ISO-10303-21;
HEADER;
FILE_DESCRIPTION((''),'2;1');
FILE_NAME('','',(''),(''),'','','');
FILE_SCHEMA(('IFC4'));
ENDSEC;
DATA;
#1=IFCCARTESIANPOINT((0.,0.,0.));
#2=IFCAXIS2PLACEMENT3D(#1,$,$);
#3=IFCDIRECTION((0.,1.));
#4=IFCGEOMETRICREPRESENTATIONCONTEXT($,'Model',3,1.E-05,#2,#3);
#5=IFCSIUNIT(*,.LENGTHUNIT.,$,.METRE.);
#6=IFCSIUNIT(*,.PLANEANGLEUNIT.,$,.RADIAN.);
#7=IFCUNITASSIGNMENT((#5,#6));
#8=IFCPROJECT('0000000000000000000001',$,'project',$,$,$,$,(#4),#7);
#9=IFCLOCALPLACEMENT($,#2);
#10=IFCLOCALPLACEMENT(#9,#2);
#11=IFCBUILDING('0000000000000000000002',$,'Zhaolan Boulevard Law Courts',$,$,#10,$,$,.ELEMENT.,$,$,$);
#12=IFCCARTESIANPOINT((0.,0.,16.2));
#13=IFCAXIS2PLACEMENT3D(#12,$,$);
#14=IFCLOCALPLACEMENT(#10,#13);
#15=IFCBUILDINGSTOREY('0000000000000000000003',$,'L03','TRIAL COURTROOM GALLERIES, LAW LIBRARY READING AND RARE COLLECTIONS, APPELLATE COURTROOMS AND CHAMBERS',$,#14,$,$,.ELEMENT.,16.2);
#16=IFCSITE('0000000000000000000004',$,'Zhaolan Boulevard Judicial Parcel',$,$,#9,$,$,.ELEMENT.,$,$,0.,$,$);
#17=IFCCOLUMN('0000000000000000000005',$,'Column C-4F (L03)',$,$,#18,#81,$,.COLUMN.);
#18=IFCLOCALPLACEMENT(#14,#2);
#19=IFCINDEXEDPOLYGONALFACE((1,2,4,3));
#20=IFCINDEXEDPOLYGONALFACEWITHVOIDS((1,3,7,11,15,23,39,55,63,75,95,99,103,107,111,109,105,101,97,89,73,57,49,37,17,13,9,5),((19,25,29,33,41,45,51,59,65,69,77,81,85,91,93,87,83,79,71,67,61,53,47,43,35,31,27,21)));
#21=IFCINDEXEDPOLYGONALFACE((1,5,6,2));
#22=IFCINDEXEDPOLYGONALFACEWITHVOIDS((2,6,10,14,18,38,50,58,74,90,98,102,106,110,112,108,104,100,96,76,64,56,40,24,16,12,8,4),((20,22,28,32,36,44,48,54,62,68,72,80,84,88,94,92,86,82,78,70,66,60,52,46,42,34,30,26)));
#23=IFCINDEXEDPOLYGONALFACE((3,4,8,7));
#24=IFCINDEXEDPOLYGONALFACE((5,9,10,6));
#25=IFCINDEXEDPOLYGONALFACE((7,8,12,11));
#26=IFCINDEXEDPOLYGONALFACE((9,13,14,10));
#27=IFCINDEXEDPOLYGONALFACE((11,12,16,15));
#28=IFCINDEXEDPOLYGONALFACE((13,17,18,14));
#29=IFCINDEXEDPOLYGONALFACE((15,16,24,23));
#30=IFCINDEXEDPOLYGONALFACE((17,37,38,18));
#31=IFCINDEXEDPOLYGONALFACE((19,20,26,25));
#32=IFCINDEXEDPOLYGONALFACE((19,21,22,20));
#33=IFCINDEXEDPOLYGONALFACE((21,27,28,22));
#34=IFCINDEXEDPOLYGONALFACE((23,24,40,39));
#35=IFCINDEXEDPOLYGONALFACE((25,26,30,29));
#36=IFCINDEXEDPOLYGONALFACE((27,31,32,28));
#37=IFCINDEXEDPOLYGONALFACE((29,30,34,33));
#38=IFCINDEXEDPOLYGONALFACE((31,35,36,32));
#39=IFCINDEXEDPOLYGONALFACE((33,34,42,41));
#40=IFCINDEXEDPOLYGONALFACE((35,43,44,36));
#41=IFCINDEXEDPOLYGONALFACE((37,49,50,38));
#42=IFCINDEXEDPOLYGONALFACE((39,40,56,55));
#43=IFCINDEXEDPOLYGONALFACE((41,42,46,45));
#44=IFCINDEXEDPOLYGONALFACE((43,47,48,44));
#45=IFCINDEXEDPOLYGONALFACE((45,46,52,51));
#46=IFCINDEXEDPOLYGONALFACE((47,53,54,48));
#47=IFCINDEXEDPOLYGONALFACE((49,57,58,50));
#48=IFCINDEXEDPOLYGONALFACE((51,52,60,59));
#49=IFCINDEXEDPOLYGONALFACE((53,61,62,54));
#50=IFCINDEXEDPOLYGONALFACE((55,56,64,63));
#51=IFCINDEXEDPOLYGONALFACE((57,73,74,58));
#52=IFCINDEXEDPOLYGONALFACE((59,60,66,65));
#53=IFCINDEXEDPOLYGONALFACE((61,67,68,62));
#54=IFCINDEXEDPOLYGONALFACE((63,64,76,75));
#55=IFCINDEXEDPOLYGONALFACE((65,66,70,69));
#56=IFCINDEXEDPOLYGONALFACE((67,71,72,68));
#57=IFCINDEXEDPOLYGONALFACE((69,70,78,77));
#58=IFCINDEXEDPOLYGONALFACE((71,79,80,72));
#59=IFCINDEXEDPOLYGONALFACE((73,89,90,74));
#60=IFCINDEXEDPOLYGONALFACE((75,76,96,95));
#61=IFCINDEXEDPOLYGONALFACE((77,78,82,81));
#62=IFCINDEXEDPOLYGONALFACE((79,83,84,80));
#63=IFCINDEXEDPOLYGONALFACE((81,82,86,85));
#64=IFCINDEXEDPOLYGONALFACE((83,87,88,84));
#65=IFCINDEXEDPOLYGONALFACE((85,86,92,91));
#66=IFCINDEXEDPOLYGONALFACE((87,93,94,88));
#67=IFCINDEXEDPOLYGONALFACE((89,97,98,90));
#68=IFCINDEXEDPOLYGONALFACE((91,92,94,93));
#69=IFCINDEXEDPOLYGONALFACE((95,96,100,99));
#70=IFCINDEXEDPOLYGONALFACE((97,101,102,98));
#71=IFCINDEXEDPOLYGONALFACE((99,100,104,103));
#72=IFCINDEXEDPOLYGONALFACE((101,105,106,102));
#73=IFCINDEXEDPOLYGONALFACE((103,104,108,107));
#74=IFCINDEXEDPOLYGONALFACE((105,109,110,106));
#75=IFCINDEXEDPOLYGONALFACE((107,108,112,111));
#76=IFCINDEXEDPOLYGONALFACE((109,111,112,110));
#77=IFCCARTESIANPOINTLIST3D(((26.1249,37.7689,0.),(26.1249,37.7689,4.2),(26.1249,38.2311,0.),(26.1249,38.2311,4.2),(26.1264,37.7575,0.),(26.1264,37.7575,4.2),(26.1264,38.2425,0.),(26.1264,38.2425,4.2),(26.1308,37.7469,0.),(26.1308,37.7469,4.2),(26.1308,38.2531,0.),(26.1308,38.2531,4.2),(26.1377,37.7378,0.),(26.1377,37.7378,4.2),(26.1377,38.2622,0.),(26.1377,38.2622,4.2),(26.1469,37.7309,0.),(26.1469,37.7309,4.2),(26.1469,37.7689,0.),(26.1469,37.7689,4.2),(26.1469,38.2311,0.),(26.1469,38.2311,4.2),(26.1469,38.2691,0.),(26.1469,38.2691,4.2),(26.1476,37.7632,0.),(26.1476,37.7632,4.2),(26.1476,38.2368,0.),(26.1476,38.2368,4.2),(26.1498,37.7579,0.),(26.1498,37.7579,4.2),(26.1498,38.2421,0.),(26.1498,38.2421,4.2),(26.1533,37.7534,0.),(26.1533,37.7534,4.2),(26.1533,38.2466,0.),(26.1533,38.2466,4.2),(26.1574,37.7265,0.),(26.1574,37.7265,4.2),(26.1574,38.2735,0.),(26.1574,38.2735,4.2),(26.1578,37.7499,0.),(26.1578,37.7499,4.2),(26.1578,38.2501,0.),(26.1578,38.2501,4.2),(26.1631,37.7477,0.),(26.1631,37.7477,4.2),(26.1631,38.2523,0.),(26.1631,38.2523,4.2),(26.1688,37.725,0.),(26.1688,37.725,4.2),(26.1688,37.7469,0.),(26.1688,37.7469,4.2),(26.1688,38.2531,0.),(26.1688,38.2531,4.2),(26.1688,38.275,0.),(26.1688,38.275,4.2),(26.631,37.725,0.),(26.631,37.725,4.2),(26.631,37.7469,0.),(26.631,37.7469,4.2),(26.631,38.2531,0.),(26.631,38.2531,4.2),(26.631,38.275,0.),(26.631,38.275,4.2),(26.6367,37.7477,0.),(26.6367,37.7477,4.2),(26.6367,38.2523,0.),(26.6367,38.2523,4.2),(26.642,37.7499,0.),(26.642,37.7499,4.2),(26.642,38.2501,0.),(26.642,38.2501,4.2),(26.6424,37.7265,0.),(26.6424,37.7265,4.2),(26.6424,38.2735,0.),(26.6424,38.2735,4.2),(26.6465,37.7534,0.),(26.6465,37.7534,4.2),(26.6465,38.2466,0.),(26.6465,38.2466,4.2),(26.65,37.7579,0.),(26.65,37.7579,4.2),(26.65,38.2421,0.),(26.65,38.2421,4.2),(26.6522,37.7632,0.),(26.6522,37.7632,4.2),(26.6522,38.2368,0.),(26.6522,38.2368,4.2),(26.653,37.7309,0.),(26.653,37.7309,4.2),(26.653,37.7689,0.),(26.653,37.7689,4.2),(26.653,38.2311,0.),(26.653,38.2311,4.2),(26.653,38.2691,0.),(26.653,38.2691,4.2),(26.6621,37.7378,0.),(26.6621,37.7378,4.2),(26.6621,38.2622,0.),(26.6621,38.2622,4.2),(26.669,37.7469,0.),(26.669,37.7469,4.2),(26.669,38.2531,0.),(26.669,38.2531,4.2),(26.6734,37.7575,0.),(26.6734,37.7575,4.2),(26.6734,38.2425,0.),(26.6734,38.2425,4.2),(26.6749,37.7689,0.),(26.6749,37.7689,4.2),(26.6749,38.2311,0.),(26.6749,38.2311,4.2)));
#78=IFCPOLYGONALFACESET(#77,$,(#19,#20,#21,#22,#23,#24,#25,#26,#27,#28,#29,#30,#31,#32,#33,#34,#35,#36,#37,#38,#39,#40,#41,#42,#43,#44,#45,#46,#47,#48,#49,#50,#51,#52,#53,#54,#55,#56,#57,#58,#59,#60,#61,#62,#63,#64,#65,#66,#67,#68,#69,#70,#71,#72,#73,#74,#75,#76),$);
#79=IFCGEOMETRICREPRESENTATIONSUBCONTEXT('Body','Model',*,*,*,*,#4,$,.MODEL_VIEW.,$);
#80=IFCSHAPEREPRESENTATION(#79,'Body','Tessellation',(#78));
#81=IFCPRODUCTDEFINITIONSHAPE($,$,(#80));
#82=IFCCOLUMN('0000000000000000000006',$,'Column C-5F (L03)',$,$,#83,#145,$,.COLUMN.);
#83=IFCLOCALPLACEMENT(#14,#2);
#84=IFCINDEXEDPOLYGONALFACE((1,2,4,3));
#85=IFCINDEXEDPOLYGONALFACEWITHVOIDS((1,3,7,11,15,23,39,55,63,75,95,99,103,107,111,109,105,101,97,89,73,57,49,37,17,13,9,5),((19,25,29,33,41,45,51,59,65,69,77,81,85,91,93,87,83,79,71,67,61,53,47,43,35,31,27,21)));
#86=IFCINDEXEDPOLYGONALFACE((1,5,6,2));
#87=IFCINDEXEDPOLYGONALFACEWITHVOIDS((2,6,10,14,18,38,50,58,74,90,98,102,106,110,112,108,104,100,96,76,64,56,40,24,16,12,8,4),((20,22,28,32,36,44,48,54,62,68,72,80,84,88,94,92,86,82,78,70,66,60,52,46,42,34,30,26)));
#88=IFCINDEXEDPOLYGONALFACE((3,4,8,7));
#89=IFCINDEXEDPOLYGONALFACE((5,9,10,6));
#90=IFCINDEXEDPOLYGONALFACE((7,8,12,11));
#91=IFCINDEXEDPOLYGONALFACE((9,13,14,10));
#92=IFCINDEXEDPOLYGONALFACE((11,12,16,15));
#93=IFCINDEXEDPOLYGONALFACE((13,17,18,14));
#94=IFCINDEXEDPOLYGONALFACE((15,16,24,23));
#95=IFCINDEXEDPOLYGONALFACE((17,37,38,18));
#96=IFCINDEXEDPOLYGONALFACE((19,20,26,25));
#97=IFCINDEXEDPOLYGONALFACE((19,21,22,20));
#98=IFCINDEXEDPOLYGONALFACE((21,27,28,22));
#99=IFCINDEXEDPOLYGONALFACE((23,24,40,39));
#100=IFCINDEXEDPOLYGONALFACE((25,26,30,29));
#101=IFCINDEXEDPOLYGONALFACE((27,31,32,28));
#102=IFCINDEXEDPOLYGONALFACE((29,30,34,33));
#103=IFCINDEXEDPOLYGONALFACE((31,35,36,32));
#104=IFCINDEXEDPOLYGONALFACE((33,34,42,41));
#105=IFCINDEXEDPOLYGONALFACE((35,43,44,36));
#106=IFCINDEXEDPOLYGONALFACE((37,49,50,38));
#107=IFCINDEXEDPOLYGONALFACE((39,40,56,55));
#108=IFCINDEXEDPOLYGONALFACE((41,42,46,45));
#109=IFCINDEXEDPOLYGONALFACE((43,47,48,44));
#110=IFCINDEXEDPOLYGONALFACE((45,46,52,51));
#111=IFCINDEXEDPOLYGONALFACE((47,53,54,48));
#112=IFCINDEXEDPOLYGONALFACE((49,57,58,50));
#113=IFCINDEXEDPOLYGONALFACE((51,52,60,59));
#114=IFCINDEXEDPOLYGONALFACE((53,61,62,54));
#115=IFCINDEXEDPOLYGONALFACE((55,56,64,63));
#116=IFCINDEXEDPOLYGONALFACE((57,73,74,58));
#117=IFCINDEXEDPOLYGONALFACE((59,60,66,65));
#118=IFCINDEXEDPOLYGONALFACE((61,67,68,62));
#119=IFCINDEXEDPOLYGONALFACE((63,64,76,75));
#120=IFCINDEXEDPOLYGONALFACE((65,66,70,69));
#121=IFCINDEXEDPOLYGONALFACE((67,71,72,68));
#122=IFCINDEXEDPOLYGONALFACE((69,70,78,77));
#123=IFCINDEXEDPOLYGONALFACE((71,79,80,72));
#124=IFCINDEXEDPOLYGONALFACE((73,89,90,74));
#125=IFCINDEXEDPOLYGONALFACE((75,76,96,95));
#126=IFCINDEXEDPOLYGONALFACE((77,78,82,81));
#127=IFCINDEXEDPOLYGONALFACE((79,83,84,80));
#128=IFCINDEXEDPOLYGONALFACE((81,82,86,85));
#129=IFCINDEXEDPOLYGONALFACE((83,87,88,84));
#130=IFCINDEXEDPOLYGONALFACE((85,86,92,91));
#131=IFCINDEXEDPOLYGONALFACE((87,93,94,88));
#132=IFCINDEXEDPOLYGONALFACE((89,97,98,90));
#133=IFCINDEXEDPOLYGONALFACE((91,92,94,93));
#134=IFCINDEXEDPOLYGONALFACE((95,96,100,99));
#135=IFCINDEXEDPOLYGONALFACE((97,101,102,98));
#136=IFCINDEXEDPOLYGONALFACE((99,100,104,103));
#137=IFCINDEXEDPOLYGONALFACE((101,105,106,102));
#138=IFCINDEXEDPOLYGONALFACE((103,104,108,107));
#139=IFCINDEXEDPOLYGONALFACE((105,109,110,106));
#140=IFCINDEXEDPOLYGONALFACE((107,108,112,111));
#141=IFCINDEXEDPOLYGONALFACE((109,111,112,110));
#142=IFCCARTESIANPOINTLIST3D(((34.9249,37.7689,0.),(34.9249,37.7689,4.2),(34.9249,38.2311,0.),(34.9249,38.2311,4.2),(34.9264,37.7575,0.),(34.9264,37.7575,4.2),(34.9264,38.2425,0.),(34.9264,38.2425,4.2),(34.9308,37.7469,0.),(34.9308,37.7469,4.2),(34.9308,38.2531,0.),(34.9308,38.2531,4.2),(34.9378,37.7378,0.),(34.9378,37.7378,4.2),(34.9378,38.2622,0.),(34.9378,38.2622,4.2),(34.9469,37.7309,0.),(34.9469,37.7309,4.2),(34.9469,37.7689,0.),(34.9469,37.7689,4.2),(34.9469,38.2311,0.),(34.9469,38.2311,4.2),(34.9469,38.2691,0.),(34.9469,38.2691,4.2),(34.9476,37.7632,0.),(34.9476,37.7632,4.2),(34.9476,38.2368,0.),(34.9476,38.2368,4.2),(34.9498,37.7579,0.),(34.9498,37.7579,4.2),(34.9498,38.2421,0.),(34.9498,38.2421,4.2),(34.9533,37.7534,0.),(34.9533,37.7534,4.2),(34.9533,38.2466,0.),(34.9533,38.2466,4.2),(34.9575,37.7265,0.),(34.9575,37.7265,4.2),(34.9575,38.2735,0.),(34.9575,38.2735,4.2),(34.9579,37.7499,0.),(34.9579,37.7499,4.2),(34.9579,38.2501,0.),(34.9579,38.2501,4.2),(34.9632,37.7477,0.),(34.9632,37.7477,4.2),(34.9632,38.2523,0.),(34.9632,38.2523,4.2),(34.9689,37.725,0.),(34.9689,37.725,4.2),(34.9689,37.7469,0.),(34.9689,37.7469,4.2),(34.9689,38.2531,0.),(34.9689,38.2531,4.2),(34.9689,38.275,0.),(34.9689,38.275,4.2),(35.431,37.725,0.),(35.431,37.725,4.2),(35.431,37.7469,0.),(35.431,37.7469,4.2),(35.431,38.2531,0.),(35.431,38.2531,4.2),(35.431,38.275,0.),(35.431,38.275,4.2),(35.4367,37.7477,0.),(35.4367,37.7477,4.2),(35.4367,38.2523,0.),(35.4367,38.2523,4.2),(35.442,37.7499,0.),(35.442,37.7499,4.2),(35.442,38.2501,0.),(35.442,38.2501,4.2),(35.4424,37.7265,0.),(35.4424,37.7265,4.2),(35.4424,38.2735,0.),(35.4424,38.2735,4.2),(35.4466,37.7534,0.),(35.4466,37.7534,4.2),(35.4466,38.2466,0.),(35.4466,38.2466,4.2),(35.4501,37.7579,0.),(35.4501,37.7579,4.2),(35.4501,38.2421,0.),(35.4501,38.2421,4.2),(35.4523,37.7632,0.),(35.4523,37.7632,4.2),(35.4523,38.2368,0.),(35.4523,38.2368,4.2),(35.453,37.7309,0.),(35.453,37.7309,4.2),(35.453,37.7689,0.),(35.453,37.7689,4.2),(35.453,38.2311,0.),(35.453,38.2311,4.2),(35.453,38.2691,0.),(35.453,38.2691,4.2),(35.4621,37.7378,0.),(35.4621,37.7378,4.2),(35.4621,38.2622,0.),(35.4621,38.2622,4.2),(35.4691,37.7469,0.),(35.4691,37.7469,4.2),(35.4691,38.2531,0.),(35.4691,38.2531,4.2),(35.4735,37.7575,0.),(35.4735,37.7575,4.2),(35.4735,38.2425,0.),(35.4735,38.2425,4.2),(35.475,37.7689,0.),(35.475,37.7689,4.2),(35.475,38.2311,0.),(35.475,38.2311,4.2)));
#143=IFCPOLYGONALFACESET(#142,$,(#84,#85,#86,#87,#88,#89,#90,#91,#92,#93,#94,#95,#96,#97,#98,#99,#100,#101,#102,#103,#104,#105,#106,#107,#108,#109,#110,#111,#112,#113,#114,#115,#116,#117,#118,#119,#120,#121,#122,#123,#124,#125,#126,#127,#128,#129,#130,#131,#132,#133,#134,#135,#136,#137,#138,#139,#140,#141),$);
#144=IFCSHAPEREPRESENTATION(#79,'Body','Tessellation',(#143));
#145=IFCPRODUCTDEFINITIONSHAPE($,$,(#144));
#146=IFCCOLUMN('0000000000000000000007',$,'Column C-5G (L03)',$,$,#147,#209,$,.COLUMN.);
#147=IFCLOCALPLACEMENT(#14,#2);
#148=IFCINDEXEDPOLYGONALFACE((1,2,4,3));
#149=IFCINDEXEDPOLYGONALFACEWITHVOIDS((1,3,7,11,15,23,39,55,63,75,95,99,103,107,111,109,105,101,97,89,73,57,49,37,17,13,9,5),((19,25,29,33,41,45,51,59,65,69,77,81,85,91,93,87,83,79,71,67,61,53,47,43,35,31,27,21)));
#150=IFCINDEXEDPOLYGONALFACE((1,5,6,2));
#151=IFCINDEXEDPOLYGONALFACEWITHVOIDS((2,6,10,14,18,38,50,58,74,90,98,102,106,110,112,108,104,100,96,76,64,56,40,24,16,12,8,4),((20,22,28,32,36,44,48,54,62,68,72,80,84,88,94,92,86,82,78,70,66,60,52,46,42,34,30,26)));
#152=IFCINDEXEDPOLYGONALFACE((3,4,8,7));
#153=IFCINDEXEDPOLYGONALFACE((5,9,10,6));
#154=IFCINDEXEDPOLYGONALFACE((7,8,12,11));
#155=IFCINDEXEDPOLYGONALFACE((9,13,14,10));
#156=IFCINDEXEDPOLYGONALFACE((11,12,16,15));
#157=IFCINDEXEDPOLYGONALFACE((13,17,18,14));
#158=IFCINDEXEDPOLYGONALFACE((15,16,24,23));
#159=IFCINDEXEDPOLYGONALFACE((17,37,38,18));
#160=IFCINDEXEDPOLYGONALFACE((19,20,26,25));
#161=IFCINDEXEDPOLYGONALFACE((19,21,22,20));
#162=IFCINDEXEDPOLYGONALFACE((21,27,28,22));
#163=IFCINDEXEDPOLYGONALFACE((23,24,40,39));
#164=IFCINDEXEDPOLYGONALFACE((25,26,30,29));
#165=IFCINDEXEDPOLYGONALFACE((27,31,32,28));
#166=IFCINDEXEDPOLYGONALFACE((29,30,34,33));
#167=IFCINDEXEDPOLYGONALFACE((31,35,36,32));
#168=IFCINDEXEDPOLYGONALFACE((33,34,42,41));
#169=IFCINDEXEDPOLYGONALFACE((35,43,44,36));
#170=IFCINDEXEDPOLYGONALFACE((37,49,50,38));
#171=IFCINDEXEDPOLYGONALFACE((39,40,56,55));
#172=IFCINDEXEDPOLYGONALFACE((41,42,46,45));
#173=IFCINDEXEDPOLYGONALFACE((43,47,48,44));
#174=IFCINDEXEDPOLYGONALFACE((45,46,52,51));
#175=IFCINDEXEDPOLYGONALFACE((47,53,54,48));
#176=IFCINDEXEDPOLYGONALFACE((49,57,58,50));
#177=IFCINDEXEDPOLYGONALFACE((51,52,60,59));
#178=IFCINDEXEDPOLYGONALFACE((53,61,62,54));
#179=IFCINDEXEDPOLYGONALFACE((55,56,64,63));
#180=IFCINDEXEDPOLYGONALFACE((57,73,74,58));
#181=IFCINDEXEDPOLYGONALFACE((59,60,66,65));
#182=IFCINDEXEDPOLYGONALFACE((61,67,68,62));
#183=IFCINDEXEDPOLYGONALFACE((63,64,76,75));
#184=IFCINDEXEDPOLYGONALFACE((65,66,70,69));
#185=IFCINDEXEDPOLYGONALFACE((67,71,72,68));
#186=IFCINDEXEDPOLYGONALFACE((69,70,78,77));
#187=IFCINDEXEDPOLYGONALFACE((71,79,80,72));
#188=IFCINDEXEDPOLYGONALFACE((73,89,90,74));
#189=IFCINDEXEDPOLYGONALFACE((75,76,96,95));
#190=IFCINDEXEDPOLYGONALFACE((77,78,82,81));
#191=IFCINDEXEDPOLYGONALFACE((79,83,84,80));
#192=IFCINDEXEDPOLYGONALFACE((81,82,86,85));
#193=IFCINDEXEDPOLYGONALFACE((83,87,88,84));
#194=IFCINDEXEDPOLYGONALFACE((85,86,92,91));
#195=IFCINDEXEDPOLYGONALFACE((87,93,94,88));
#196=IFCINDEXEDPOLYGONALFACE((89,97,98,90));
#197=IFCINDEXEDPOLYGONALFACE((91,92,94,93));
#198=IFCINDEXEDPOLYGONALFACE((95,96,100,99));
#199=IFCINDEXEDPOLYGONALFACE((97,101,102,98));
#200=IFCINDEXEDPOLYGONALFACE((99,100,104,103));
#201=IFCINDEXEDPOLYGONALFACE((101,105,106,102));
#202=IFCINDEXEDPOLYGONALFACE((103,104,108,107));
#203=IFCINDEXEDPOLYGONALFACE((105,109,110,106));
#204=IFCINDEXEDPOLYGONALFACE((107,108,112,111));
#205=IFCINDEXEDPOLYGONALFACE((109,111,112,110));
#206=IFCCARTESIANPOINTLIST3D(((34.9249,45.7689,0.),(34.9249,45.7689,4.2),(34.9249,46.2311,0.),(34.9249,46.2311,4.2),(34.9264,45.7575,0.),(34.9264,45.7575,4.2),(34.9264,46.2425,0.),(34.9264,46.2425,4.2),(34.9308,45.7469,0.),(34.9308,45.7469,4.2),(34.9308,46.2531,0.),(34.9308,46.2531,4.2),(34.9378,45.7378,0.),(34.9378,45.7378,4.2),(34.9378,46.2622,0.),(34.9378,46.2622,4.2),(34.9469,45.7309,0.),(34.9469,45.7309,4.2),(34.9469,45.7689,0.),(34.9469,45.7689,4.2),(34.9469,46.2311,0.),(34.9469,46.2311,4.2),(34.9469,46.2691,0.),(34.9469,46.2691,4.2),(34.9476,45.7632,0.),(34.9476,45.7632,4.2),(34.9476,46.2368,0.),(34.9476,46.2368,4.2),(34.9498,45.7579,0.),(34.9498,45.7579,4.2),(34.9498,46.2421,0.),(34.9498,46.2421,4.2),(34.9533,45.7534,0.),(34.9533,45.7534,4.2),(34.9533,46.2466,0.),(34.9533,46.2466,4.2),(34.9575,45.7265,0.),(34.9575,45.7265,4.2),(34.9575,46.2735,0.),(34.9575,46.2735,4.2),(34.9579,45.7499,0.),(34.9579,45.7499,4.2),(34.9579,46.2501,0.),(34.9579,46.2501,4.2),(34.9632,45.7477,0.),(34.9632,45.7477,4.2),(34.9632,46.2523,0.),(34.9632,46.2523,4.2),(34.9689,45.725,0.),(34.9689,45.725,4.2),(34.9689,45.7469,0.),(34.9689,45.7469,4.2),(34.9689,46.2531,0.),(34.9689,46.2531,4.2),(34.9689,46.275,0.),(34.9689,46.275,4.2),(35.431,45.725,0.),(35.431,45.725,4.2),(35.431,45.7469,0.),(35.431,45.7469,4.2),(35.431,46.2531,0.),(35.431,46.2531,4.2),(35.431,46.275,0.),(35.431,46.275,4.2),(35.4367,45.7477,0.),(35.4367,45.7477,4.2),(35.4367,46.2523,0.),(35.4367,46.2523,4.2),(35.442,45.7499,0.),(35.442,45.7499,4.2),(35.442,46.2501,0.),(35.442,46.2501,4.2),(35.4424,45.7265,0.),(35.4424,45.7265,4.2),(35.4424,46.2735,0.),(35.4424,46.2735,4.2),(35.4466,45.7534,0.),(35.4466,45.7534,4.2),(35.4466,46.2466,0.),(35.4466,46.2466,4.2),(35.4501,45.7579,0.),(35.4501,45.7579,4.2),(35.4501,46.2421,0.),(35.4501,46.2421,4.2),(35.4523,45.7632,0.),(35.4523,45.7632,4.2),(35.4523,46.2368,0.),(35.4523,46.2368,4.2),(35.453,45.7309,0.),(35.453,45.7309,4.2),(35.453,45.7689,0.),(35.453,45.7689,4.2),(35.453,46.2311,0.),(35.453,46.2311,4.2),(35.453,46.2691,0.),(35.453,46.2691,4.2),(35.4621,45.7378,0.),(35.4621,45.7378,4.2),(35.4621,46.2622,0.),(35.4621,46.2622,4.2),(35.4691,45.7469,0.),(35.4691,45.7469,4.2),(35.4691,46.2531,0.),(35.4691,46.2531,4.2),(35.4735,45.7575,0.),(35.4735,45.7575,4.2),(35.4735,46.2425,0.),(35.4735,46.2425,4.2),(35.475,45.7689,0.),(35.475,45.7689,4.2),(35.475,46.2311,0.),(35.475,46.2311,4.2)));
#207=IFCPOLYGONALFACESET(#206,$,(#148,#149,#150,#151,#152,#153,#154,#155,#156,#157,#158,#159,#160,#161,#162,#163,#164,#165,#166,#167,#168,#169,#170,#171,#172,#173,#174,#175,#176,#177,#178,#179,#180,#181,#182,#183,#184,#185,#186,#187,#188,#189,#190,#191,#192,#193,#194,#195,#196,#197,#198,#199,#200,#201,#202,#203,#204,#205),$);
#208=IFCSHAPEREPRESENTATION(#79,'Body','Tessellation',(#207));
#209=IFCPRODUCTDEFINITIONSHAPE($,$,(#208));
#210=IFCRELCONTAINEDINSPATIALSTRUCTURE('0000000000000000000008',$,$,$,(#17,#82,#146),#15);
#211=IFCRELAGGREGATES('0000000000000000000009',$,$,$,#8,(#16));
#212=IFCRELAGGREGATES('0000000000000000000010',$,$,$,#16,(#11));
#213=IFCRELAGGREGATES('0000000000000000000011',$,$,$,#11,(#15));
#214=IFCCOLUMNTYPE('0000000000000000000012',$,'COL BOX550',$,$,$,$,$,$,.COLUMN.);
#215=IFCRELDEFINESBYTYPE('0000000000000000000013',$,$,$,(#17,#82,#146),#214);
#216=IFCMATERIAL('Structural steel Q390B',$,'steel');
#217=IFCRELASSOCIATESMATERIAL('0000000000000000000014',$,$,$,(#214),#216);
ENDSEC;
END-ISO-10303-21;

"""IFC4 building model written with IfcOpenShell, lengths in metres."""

from ifc_helpers import new_model, si_unit, direction, frame, origin, origin_2d, place, context, subcontext, project, spatial, hollow_rectangle, extrude, material, material_profile, profile_set, type_object, element, save


model = new_model("IFC4")

# Units and contexts
model_context = context("Model", 3, precision=1e-05, world=origin(), true_north=direction((0.0, 1.0)))
body_context = subcontext(model_context, "Body", "Model", "MODEL_VIEW")
ifc_project = project(units=[si_unit("LENGTHUNIT", "METRE"), si_unit("PLANEANGLEUNIT", "RADIAN")], contexts=[model_context])

# Site, building, storey
site_placement = place(None, origin())
site = spatial("IfcSite", under=ifc_project, at=site_placement, Name="Zhaolan Boulevard Judicial Parcel", CompositionType="ELEMENT", RefElevation=0.0)
building_placement = place(site_placement, origin())
building = spatial("IfcBuilding", under=site, at=building_placement, Name="Zhaolan Boulevard Law Courts", CompositionType="ELEMENT")
storey_placement = place(building_placement, frame((0.0, 0.0, 16.2)))
storey = spatial("IfcBuildingStorey", under=building, at=storey_placement, Name="L03", Description="TRIAL COURTROOM GALLERIES, LAW LIBRARY READING AND RARE COLLECTIONS, APPELLATE COURTROOMS AND CHAMBERS", CompositionType="ELEMENT", Elevation=16.2)

# Columns
ifc_material_1 = material(Name="Structural steel Q390B", Category="steel")
ifc_material_profile_1 = material_profile(ifc_material_1, hollow_rectangle(XDim=0.55, YDim=0.55, WallThickness=0.022, InnerFilletRadius=0.022, OuterFilletRadius=0.0439, at=origin_2d()), Name="BOX550x550x22")
ifc_profile_set_1 = profile_set([ifc_material_profile_1], Name="Structural steel Q390B")
column_type_1 = type_object("IfcColumnType", Name="COL BOX550", PredefinedType="COLUMN", material=ifc_profile_set_1)
for number, where, z_axis, x_axis, name in (
    (1, (26.3999, 38.0, 0.0), (0.0, 0.0, 1.0), (1.0, 0.0, 0.0), "Column C-4F (L03)"),
    (2, (35.2, 38.0, 0.0), (0.0, 0.0, 1.0), (1.0, 0.0, 0.0), "Column C-5F (L03)"),
    (3, (35.2, 46.0, 0.0), (0.0, 0.0, 1.0), (1.0, 0.0, 0.0), "Column C-5G (L03)"),
):
    element("IfcColumn", number, at=place(storey_placement, frame(where, z_axis=z_axis, x_axis=x_axis)), inside=storey, type_object=column_type_1, Name=name, PredefinedType="COLUMN", context=body_context, shape_type="SweptSolid", body=[
        extrude(hollow_rectangle(XDim=0.55, YDim=0.55, WallThickness=0.022, InnerFilletRadius=0.022, OuterFilletRadius=0.0439, at=origin_2d()), origin(), (0.0, 0.0, 1.0), 4.2),
    ])

save(model, "model.ifc")
